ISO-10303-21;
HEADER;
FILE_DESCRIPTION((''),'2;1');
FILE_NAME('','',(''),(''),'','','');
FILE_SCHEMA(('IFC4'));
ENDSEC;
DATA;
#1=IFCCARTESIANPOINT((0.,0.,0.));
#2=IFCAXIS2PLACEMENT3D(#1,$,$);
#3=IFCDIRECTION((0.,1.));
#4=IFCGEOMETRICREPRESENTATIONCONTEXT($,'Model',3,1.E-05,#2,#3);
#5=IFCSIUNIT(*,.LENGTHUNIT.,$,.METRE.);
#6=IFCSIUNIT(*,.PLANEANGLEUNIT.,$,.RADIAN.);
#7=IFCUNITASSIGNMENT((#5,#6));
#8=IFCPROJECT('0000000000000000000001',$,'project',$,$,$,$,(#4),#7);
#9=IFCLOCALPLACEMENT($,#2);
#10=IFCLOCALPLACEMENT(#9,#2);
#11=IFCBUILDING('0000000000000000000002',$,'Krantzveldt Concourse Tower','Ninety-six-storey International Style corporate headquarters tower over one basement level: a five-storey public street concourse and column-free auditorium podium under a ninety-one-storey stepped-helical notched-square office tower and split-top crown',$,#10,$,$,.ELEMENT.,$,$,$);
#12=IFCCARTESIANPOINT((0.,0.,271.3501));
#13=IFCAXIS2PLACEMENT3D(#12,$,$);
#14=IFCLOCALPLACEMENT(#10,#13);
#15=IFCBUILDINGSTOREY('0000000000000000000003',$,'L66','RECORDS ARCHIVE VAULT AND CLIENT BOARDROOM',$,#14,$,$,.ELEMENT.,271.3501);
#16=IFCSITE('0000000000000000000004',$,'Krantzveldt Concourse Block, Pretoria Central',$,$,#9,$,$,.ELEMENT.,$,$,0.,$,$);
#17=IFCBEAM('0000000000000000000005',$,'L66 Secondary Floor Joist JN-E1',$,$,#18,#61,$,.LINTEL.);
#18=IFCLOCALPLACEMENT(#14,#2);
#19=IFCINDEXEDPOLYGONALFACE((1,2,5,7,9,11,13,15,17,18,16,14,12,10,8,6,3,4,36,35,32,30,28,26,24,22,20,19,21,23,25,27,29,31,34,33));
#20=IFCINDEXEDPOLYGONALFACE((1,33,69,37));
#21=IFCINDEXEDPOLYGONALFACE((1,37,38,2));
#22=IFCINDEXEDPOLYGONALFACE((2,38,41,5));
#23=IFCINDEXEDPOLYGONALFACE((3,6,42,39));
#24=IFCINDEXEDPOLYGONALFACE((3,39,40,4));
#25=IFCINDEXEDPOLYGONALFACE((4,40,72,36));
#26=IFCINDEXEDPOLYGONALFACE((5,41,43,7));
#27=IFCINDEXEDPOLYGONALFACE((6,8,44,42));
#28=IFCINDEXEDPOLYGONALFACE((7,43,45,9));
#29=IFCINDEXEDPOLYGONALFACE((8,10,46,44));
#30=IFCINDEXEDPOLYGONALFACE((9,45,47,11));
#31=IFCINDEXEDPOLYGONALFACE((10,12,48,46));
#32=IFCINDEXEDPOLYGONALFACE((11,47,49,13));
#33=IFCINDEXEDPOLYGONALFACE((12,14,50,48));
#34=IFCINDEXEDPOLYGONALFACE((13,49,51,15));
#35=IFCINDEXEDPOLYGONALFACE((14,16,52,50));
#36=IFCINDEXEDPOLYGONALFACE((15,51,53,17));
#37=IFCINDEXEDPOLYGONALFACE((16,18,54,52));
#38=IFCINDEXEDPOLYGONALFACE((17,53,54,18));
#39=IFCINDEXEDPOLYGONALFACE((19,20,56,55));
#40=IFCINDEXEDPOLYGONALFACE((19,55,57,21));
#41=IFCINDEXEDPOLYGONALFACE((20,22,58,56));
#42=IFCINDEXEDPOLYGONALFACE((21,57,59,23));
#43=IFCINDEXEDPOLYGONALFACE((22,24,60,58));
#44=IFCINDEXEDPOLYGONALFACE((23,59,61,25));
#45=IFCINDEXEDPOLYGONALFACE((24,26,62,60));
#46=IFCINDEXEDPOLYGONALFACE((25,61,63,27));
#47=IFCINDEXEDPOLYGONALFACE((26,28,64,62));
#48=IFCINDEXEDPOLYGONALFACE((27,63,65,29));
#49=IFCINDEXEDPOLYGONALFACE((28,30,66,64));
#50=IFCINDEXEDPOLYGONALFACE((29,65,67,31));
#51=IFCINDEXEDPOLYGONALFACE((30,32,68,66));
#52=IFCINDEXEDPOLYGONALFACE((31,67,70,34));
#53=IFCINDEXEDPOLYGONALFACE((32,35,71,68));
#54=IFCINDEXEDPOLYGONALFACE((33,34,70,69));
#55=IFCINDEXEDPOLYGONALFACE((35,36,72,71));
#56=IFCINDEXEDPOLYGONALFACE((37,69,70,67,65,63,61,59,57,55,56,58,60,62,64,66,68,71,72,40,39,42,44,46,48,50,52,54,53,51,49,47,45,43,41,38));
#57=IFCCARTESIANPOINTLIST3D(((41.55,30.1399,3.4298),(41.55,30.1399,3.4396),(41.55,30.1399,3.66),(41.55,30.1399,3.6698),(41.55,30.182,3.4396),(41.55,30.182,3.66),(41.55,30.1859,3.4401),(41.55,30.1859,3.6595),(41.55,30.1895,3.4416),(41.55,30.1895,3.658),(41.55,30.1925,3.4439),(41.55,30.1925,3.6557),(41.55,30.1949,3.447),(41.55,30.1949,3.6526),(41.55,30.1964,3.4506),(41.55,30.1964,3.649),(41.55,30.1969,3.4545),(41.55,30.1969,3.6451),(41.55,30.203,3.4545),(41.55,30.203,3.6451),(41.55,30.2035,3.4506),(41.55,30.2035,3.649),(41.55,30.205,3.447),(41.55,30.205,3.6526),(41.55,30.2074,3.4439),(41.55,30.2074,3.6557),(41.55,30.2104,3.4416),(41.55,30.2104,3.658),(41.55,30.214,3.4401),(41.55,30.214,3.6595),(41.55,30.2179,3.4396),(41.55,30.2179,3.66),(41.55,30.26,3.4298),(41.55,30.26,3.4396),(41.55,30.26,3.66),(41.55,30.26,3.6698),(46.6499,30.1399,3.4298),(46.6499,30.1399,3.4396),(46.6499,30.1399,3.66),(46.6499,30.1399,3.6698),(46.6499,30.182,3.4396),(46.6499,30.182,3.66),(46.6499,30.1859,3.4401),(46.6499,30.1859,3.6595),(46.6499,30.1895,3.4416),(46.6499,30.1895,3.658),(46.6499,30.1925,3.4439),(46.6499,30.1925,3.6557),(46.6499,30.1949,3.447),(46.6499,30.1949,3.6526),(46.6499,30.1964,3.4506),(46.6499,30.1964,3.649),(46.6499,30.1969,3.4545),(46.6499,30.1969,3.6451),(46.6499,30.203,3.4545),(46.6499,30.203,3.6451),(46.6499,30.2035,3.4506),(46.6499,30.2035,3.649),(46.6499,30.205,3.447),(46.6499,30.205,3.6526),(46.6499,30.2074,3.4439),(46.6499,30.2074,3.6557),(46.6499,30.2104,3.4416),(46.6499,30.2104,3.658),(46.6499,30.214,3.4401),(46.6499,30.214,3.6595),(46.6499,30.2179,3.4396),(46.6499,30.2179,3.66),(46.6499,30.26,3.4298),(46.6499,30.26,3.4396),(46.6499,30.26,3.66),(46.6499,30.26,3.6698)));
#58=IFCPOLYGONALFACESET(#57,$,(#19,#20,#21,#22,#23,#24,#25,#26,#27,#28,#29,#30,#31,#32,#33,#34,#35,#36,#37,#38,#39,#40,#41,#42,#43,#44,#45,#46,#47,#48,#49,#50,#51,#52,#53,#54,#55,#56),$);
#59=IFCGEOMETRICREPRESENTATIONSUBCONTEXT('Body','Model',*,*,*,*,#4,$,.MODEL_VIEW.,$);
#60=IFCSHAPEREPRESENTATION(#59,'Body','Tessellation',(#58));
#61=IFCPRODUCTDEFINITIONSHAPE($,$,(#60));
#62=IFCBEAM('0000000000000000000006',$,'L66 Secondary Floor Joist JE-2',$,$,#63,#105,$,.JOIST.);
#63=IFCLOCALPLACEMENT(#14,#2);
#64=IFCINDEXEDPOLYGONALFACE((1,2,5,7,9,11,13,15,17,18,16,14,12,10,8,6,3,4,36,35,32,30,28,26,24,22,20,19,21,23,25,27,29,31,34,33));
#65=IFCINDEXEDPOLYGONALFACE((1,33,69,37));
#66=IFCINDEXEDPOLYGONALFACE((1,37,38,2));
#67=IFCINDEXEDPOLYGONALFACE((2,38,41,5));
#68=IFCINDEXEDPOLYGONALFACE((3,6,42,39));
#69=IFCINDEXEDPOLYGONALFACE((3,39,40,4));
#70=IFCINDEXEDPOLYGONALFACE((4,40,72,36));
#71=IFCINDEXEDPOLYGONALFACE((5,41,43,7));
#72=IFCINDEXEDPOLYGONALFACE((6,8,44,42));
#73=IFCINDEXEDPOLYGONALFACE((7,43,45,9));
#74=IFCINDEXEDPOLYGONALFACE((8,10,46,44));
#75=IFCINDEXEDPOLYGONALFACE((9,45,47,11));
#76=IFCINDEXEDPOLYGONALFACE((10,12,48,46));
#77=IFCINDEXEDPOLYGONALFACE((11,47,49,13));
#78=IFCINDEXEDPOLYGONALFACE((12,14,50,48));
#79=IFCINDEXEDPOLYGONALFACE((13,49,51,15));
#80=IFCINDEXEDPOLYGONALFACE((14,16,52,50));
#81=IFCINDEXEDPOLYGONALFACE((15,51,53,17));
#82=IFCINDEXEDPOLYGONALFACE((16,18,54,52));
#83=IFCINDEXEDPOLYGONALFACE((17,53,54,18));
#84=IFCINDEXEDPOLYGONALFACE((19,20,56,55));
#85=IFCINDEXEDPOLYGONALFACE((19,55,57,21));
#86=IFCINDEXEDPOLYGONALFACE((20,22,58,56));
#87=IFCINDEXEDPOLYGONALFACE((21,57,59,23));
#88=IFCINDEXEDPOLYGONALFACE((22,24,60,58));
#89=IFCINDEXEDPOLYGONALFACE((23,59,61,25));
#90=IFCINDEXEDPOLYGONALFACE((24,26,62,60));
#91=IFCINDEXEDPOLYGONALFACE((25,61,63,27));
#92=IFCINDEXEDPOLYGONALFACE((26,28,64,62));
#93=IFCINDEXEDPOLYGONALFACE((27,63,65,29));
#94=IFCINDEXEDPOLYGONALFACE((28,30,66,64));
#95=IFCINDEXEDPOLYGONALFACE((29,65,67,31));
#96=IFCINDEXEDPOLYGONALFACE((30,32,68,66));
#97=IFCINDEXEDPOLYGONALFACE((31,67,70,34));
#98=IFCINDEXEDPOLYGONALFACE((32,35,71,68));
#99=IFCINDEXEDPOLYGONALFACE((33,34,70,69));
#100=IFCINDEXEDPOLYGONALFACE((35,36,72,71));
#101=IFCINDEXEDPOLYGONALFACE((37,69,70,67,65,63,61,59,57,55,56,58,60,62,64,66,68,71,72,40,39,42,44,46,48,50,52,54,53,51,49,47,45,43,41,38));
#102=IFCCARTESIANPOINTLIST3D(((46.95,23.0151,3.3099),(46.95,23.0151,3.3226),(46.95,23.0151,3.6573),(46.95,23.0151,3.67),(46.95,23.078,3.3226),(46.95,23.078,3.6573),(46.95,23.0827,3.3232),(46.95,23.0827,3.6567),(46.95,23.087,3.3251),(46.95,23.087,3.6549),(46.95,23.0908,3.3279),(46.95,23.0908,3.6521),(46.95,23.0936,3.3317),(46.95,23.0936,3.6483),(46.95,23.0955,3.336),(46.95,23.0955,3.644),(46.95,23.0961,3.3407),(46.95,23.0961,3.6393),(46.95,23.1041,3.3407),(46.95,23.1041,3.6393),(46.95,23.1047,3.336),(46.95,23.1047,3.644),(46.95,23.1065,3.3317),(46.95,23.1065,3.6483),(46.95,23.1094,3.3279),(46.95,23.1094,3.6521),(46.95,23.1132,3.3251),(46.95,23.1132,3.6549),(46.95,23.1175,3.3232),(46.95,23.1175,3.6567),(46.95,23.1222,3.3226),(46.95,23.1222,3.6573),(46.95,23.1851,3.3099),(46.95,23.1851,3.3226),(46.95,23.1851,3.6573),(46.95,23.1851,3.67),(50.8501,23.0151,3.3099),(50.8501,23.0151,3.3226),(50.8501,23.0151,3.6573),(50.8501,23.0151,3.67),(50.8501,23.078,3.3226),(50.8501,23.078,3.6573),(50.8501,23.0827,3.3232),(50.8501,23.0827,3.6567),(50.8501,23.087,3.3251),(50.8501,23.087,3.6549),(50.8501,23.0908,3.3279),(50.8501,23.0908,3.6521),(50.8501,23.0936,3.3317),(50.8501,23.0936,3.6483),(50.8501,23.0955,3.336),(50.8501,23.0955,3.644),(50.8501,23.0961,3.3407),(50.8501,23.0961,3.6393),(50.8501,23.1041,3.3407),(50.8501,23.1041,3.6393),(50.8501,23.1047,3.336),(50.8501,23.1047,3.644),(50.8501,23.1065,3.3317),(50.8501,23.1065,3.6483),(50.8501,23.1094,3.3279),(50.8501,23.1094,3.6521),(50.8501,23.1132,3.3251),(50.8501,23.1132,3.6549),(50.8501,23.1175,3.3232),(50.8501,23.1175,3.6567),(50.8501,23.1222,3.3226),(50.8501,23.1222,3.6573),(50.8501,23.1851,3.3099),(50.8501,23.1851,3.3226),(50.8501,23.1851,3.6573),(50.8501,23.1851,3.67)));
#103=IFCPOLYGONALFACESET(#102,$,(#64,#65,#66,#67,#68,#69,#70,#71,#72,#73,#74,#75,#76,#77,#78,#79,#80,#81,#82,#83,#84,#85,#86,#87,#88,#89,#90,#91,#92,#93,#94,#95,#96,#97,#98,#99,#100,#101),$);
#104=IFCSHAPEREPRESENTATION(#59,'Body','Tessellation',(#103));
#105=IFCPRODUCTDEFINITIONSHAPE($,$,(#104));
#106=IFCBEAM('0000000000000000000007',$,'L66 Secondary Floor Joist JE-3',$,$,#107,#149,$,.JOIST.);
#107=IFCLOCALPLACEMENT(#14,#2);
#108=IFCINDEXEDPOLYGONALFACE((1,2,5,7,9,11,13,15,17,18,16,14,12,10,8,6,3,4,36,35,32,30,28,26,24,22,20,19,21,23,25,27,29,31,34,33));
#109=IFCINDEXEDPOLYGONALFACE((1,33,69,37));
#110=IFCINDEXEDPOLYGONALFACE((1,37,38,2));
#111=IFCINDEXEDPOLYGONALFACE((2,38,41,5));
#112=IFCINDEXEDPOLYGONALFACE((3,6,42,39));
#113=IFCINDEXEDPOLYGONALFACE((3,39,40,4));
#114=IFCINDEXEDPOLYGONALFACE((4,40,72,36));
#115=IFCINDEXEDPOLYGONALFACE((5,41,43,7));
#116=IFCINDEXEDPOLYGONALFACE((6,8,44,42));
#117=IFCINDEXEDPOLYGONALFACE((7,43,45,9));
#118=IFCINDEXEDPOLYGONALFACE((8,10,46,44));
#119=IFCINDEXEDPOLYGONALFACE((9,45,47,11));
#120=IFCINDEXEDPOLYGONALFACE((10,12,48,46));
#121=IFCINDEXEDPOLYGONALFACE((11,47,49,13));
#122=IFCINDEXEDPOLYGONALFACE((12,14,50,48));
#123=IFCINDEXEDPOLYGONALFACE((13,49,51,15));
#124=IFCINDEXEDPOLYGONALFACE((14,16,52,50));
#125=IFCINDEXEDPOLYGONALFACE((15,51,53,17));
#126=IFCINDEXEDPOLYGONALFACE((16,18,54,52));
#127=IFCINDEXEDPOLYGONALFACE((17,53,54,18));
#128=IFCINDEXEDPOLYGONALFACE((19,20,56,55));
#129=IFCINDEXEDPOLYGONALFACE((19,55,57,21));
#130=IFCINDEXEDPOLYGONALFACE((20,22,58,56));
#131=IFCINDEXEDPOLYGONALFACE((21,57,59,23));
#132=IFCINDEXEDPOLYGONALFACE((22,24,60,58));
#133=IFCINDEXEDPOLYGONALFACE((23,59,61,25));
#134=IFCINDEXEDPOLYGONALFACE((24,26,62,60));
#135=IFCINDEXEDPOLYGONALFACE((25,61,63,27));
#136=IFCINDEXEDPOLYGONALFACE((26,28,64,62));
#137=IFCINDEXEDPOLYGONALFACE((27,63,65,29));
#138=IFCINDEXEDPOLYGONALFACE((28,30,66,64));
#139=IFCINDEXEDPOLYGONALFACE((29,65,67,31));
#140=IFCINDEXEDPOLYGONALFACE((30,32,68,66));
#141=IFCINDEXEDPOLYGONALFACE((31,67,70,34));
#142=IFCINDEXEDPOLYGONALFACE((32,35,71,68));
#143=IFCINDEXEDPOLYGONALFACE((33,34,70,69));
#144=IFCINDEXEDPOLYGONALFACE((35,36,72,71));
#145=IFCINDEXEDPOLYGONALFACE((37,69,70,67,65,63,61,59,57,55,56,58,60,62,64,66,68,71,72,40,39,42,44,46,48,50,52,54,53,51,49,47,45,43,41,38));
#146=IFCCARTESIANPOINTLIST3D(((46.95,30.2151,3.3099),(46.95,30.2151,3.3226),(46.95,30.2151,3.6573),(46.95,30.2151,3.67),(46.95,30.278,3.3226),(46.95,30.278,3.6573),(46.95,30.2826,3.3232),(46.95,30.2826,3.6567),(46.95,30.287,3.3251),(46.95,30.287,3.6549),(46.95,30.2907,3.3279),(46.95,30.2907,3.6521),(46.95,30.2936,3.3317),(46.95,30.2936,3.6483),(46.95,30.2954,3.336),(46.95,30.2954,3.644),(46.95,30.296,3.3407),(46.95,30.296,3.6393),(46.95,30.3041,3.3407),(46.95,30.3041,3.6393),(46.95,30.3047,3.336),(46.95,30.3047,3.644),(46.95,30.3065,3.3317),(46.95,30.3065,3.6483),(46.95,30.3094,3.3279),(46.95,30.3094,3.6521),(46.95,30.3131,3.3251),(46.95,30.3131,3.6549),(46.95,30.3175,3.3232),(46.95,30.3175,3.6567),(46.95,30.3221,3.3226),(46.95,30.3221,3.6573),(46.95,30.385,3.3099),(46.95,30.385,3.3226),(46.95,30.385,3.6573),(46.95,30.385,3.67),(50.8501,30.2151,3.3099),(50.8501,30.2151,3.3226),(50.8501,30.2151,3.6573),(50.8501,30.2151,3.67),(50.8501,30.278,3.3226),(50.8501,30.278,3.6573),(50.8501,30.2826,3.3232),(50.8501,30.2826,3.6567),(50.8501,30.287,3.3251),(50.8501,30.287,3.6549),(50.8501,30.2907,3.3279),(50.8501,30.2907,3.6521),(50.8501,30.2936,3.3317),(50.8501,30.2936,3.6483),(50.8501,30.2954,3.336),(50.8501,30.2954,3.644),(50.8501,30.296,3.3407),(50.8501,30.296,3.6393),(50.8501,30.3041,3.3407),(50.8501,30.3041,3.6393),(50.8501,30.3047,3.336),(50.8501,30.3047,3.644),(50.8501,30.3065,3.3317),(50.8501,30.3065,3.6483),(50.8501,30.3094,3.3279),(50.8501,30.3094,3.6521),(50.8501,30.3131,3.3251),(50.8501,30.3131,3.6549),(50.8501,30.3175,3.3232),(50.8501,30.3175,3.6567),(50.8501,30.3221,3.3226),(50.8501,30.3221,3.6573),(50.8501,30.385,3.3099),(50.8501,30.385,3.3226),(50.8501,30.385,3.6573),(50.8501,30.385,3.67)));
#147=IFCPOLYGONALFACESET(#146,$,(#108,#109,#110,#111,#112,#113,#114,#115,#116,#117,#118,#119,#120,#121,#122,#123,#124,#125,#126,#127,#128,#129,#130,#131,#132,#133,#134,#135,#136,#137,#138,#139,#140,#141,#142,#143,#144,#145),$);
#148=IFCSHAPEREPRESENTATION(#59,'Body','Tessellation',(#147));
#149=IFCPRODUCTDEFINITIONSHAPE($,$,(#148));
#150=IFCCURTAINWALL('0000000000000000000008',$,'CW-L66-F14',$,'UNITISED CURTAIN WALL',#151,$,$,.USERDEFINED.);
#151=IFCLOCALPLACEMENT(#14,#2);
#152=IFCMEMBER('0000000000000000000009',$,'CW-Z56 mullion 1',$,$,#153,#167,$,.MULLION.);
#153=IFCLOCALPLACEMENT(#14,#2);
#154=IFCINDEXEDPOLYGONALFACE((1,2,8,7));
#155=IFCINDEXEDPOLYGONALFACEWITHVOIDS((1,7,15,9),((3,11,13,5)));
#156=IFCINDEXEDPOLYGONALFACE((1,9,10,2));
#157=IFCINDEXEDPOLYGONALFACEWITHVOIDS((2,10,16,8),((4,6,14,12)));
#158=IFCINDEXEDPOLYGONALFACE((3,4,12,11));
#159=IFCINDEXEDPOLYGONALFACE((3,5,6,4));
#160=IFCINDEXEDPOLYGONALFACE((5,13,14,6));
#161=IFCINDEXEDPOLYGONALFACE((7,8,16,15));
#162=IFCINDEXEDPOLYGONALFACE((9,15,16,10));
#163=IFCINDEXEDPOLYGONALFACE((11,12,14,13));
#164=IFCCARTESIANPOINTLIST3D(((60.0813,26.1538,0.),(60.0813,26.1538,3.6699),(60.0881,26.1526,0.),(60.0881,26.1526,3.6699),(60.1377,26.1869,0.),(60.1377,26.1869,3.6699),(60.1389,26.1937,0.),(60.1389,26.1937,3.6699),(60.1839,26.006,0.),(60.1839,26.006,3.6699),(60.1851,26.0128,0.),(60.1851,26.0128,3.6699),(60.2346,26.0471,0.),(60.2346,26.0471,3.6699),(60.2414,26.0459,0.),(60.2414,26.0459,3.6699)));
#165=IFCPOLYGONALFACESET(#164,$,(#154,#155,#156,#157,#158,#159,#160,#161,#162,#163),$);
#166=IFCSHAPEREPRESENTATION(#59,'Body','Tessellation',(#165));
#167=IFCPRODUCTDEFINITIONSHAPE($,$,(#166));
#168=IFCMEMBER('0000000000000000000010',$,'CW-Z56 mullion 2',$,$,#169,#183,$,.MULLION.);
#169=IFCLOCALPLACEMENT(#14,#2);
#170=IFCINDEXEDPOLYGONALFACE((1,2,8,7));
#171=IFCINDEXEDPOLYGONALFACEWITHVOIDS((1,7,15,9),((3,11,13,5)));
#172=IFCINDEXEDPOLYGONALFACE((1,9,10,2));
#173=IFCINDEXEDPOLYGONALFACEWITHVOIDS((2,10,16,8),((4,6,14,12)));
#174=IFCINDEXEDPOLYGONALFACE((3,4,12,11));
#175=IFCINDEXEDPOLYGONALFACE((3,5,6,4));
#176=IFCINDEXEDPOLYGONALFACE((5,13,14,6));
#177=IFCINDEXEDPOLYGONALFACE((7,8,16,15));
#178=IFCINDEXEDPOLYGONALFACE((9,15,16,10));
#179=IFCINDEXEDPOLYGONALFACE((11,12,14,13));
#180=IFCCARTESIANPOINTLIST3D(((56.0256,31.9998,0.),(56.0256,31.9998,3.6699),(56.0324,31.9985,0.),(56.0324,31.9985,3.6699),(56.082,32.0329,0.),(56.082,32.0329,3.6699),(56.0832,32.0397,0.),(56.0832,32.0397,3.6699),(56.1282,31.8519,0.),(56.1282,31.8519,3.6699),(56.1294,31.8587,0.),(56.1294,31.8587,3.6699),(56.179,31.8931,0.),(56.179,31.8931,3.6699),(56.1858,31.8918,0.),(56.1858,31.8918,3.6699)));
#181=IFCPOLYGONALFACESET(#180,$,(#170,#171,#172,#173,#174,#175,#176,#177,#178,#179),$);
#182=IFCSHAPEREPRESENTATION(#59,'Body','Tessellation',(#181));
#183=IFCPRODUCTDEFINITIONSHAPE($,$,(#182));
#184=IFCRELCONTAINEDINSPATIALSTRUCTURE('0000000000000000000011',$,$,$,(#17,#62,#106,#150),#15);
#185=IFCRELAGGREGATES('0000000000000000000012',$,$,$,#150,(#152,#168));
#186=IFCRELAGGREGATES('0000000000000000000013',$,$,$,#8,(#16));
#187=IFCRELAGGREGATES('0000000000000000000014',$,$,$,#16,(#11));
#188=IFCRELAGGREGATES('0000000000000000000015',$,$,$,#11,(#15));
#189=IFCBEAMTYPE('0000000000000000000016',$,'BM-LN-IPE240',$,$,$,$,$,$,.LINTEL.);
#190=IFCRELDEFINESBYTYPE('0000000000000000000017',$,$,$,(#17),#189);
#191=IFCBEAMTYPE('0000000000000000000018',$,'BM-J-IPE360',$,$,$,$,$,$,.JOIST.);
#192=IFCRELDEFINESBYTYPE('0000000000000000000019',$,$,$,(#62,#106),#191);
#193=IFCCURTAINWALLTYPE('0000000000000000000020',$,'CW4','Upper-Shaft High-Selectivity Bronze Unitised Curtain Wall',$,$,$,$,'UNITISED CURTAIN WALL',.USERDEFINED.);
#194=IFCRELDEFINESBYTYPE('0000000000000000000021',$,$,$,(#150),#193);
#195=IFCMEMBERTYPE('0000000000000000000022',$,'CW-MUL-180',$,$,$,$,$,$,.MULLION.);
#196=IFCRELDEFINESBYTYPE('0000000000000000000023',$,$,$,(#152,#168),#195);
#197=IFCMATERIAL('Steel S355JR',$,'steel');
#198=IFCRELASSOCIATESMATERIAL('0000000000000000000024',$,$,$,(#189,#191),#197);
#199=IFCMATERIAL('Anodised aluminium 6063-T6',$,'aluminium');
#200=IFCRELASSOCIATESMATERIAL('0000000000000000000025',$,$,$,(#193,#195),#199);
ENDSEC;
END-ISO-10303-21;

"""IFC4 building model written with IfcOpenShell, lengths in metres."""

from ifc_helpers import new_model, si_unit, direction, frame, origin, origin_2d, place, context, subcontext, project, spatial, hollow_rectangle, i_section, extrude, source, transform, mapped, material, material_profile, profile_set, type_object, type_shapes, element, aggregate, save


model = new_model("IFC4")

# Units and contexts
model_context = context("Model", 3, precision=1e-05, world=origin(), true_north=direction((0.0, 1.0)))
body_context = subcontext(model_context, "Body", "Model", "MODEL_VIEW")
ifc_project = project(units=[si_unit("LENGTHUNIT", "METRE"), si_unit("PLANEANGLEUNIT", "RADIAN")], contexts=[model_context])

# Site, building, storey
site_placement = place(None, origin())
site = spatial("IfcSite", under=ifc_project, at=site_placement, Name="Krantzveldt Concourse Block, Pretoria Central", CompositionType="ELEMENT", RefElevation=0.0)
building_placement = place(site_placement, origin())
building = spatial("IfcBuilding", under=site, at=building_placement, Name="Krantzveldt Concourse Tower", Description="Ninety-six-storey International Style corporate headquarters tower over one basement level: a five-storey public street concourse and column-free auditorium podium under a ninety-one-storey stepped-helical notched-square office tower and split-top crown", CompositionType="ELEMENT")
storey_placement = place(building_placement, frame((0.0, 0.0, 271.3501)))
storey = spatial("IfcBuildingStorey", under=building, at=storey_placement, Name="L66", Description="RECORDS ARCHIVE VAULT AND CLIENT BOARDROOM", CompositionType="ELEMENT", Elevation=271.3501)

# Beams
ifc_material_1 = material(Name="Steel S355JR", Category="steel")
ifc_material_profile_1 = material_profile(ifc_material_1, i_section(OverallWidth=0.1201, OverallDepth=0.24, WebThickness=0.0061, FlangeThickness=0.0098, FilletRadius=0.0149, at=origin_2d()), Name="Steel S355JR", Category="steel")
ifc_profile_set_1 = profile_set([ifc_material_profile_1], Name="Steel S355JR - IPE 240")
beam_type_1 = type_object("IfcBeamType", Name="BM-LN-IPE240", PredefinedType="LINTEL", material=ifc_profile_set_1)
shared_shape_1 = source(origin(), body_context, "Body", "SweptSolid", [
    extrude(i_section(OverallWidth=0.1201, OverallDepth=0.24, WebThickness=0.0061, FlangeThickness=0.0098, FilletRadius=0.0149, at=origin_2d()), origin(), (0.0, 0.0, 1.0), 5.0999),
])
type_shapes(beam_type_1, [shared_shape_1])
beam_1_placement = place(storey_placement, frame((41.55, 30.2, 3.5498), z_axis=(1.0, 0.0, 0.0), x_axis=(0.0, 1.0, 0.0)))
element("IfcBeam", 1, at=beam_1_placement, inside=storey, type_object=beam_type_1, Name="L66 Secondary Floor Joist JN-E1", PredefinedType="LINTEL", context=body_context, shape_type="MappedRepresentation", body=[
    mapped(shared_shape_1, transform((0.0, 0.0, 0.0), x_axis=(1.0, 0.0, 0.0), y_axis=(0.0, 1.0, 0.0), z_axis=(0.0, 0.0, 1.0), scale=1.0)),
])
ifc_material_profile_2 = material_profile(ifc_material_1, i_section(OverallWidth=0.1699, OverallDepth=0.3601, WebThickness=0.0081, FlangeThickness=0.0127, FilletRadius=0.0181, at=origin_2d()), Name="Steel S355JR", Category="steel")
ifc_profile_set_2 = profile_set([ifc_material_profile_2], Name="Steel S355JR - IPE 360")
beam_type_2 = type_object("IfcBeamType", Name="BM-J-IPE360", PredefinedType="JOIST", material=ifc_profile_set_2)
shared_shape_2 = source(origin(), body_context, "Body", "SweptSolid", [
    extrude(i_section(OverallWidth=0.1699, OverallDepth=0.3601, WebThickness=0.0081, FlangeThickness=0.0127, FilletRadius=0.0181, at=origin_2d()), origin(), (0.0, 0.0, 1.0), 3.9001),
])
type_shapes(beam_type_2, [shared_shape_2])
for number, where, z_axis, x_axis, name in (
    (2, (46.95, 23.1001, 3.49), (1.0, 0.0, 0.0), (0.0, 1.0, 0.0), "L66 Secondary Floor Joist JE-2"),
    (3, (46.95, 30.3, 3.49), (1.0, 0.0, 0.0), (0.0, 1.0, 0.0), "L66 Secondary Floor Joist JE-3"),
):
    element("IfcBeam", number, at=place(storey_placement, frame(where, z_axis=z_axis, x_axis=x_axis)), inside=storey, type_object=beam_type_2, Name=name, PredefinedType="JOIST", context=body_context, shape_type="MappedRepresentation", body=[
        mapped(shared_shape_2, transform((0.0, 0.0, 0.0), x_axis=(1.0, 0.0, 0.0), y_axis=(0.0, 1.0, 0.0), z_axis=(0.0, 0.0, 1.0), scale=1.0)),
    ])

# Curtain wall, members
ifc_material_2 = material(Name="Anodised aluminium 6063-T6", Category="aluminium")
curtain_wall_type = type_object("IfcCurtainWallType", Name="CW4", Description="Upper-Shaft High-Selectivity Bronze Unitised Curtain Wall", ElementType="UNITISED CURTAIN WALL", PredefinedType="USERDEFINED", material=ifc_material_2)
curtain_wall_placement = place(storey_placement, origin())
curtain_wall = element("IfcCurtainWall", 4, at=curtain_wall_placement, inside=storey, type_object=curtain_wall_type, Name="CW-L66-F14", ObjectType="UNITISED CURTAIN WALL", PredefinedType="USERDEFINED")
ifc_material_profile_3 = material_profile(ifc_material_2, hollow_rectangle(XDim=0.0701, YDim=0.1799, WallThickness=0.0049, at=origin_2d()), Name="Anodised aluminium 6063-T6", Category="aluminium")
ifc_profile_set_3 = profile_set([ifc_material_profile_3], Name="Anodised aluminium 6063-T6 - ALU-MULL 180x70x5")
member_type_1 = type_object("IfcMemberType", Name="CW-MUL-180", PredefinedType="MULLION", material=ifc_profile_set_3)
shared_shape_3 = source(origin(), body_context, "Body", "SweptSolid", [
    extrude(hollow_rectangle(XDim=0.0701, YDim=0.1799, WallThickness=0.0049, at=origin_2d()), origin(), (0.0, 0.0, 1.0), 3.6699),
])
type_shapes(member_type_1, [shared_shape_3])
member_1_placement = place(storey_placement, frame((60.1614, 26.0999, 0.0), z_axis=(0.0, 0.0, 1.0), x_axis=(-0.821647, -0.569997, 0.0)))
member_1 = element("IfcMember", 5, at=member_1_placement, type_object=member_type_1, Name="CW-Z56 mullion 1", PredefinedType="MULLION", context=body_context, shape_type="MappedRepresentation", body=[
    mapped(shared_shape_3, transform((0.0, 0.0, 0.0), x_axis=(1.0, 0.0, 0.0), y_axis=(0.0, 1.0, 0.0), z_axis=(0.0, 0.0, 1.0), scale=1.0)),
])
member_2_placement = place(storey_placement, frame((56.1057, 31.9458, 0.0), z_axis=(0.0, 0.0, 1.0), x_axis=(-0.821647, -0.569997, 0.0)))
member_2 = element("IfcMember", 6, at=member_2_placement, type_object=member_type_1, Name="CW-Z56 mullion 2", PredefinedType="MULLION", context=body_context, shape_type="MappedRepresentation", body=[
    mapped(shared_shape_3, transform((0.0, 0.0, 0.0), x_axis=(1.0, 0.0, 0.0), y_axis=(0.0, 1.0, 0.0), z_axis=(0.0, 0.0, 1.0), scale=1.0)),
])
aggregate(curtain_wall, [member_1, member_2])

save(model, "model.ifc")
